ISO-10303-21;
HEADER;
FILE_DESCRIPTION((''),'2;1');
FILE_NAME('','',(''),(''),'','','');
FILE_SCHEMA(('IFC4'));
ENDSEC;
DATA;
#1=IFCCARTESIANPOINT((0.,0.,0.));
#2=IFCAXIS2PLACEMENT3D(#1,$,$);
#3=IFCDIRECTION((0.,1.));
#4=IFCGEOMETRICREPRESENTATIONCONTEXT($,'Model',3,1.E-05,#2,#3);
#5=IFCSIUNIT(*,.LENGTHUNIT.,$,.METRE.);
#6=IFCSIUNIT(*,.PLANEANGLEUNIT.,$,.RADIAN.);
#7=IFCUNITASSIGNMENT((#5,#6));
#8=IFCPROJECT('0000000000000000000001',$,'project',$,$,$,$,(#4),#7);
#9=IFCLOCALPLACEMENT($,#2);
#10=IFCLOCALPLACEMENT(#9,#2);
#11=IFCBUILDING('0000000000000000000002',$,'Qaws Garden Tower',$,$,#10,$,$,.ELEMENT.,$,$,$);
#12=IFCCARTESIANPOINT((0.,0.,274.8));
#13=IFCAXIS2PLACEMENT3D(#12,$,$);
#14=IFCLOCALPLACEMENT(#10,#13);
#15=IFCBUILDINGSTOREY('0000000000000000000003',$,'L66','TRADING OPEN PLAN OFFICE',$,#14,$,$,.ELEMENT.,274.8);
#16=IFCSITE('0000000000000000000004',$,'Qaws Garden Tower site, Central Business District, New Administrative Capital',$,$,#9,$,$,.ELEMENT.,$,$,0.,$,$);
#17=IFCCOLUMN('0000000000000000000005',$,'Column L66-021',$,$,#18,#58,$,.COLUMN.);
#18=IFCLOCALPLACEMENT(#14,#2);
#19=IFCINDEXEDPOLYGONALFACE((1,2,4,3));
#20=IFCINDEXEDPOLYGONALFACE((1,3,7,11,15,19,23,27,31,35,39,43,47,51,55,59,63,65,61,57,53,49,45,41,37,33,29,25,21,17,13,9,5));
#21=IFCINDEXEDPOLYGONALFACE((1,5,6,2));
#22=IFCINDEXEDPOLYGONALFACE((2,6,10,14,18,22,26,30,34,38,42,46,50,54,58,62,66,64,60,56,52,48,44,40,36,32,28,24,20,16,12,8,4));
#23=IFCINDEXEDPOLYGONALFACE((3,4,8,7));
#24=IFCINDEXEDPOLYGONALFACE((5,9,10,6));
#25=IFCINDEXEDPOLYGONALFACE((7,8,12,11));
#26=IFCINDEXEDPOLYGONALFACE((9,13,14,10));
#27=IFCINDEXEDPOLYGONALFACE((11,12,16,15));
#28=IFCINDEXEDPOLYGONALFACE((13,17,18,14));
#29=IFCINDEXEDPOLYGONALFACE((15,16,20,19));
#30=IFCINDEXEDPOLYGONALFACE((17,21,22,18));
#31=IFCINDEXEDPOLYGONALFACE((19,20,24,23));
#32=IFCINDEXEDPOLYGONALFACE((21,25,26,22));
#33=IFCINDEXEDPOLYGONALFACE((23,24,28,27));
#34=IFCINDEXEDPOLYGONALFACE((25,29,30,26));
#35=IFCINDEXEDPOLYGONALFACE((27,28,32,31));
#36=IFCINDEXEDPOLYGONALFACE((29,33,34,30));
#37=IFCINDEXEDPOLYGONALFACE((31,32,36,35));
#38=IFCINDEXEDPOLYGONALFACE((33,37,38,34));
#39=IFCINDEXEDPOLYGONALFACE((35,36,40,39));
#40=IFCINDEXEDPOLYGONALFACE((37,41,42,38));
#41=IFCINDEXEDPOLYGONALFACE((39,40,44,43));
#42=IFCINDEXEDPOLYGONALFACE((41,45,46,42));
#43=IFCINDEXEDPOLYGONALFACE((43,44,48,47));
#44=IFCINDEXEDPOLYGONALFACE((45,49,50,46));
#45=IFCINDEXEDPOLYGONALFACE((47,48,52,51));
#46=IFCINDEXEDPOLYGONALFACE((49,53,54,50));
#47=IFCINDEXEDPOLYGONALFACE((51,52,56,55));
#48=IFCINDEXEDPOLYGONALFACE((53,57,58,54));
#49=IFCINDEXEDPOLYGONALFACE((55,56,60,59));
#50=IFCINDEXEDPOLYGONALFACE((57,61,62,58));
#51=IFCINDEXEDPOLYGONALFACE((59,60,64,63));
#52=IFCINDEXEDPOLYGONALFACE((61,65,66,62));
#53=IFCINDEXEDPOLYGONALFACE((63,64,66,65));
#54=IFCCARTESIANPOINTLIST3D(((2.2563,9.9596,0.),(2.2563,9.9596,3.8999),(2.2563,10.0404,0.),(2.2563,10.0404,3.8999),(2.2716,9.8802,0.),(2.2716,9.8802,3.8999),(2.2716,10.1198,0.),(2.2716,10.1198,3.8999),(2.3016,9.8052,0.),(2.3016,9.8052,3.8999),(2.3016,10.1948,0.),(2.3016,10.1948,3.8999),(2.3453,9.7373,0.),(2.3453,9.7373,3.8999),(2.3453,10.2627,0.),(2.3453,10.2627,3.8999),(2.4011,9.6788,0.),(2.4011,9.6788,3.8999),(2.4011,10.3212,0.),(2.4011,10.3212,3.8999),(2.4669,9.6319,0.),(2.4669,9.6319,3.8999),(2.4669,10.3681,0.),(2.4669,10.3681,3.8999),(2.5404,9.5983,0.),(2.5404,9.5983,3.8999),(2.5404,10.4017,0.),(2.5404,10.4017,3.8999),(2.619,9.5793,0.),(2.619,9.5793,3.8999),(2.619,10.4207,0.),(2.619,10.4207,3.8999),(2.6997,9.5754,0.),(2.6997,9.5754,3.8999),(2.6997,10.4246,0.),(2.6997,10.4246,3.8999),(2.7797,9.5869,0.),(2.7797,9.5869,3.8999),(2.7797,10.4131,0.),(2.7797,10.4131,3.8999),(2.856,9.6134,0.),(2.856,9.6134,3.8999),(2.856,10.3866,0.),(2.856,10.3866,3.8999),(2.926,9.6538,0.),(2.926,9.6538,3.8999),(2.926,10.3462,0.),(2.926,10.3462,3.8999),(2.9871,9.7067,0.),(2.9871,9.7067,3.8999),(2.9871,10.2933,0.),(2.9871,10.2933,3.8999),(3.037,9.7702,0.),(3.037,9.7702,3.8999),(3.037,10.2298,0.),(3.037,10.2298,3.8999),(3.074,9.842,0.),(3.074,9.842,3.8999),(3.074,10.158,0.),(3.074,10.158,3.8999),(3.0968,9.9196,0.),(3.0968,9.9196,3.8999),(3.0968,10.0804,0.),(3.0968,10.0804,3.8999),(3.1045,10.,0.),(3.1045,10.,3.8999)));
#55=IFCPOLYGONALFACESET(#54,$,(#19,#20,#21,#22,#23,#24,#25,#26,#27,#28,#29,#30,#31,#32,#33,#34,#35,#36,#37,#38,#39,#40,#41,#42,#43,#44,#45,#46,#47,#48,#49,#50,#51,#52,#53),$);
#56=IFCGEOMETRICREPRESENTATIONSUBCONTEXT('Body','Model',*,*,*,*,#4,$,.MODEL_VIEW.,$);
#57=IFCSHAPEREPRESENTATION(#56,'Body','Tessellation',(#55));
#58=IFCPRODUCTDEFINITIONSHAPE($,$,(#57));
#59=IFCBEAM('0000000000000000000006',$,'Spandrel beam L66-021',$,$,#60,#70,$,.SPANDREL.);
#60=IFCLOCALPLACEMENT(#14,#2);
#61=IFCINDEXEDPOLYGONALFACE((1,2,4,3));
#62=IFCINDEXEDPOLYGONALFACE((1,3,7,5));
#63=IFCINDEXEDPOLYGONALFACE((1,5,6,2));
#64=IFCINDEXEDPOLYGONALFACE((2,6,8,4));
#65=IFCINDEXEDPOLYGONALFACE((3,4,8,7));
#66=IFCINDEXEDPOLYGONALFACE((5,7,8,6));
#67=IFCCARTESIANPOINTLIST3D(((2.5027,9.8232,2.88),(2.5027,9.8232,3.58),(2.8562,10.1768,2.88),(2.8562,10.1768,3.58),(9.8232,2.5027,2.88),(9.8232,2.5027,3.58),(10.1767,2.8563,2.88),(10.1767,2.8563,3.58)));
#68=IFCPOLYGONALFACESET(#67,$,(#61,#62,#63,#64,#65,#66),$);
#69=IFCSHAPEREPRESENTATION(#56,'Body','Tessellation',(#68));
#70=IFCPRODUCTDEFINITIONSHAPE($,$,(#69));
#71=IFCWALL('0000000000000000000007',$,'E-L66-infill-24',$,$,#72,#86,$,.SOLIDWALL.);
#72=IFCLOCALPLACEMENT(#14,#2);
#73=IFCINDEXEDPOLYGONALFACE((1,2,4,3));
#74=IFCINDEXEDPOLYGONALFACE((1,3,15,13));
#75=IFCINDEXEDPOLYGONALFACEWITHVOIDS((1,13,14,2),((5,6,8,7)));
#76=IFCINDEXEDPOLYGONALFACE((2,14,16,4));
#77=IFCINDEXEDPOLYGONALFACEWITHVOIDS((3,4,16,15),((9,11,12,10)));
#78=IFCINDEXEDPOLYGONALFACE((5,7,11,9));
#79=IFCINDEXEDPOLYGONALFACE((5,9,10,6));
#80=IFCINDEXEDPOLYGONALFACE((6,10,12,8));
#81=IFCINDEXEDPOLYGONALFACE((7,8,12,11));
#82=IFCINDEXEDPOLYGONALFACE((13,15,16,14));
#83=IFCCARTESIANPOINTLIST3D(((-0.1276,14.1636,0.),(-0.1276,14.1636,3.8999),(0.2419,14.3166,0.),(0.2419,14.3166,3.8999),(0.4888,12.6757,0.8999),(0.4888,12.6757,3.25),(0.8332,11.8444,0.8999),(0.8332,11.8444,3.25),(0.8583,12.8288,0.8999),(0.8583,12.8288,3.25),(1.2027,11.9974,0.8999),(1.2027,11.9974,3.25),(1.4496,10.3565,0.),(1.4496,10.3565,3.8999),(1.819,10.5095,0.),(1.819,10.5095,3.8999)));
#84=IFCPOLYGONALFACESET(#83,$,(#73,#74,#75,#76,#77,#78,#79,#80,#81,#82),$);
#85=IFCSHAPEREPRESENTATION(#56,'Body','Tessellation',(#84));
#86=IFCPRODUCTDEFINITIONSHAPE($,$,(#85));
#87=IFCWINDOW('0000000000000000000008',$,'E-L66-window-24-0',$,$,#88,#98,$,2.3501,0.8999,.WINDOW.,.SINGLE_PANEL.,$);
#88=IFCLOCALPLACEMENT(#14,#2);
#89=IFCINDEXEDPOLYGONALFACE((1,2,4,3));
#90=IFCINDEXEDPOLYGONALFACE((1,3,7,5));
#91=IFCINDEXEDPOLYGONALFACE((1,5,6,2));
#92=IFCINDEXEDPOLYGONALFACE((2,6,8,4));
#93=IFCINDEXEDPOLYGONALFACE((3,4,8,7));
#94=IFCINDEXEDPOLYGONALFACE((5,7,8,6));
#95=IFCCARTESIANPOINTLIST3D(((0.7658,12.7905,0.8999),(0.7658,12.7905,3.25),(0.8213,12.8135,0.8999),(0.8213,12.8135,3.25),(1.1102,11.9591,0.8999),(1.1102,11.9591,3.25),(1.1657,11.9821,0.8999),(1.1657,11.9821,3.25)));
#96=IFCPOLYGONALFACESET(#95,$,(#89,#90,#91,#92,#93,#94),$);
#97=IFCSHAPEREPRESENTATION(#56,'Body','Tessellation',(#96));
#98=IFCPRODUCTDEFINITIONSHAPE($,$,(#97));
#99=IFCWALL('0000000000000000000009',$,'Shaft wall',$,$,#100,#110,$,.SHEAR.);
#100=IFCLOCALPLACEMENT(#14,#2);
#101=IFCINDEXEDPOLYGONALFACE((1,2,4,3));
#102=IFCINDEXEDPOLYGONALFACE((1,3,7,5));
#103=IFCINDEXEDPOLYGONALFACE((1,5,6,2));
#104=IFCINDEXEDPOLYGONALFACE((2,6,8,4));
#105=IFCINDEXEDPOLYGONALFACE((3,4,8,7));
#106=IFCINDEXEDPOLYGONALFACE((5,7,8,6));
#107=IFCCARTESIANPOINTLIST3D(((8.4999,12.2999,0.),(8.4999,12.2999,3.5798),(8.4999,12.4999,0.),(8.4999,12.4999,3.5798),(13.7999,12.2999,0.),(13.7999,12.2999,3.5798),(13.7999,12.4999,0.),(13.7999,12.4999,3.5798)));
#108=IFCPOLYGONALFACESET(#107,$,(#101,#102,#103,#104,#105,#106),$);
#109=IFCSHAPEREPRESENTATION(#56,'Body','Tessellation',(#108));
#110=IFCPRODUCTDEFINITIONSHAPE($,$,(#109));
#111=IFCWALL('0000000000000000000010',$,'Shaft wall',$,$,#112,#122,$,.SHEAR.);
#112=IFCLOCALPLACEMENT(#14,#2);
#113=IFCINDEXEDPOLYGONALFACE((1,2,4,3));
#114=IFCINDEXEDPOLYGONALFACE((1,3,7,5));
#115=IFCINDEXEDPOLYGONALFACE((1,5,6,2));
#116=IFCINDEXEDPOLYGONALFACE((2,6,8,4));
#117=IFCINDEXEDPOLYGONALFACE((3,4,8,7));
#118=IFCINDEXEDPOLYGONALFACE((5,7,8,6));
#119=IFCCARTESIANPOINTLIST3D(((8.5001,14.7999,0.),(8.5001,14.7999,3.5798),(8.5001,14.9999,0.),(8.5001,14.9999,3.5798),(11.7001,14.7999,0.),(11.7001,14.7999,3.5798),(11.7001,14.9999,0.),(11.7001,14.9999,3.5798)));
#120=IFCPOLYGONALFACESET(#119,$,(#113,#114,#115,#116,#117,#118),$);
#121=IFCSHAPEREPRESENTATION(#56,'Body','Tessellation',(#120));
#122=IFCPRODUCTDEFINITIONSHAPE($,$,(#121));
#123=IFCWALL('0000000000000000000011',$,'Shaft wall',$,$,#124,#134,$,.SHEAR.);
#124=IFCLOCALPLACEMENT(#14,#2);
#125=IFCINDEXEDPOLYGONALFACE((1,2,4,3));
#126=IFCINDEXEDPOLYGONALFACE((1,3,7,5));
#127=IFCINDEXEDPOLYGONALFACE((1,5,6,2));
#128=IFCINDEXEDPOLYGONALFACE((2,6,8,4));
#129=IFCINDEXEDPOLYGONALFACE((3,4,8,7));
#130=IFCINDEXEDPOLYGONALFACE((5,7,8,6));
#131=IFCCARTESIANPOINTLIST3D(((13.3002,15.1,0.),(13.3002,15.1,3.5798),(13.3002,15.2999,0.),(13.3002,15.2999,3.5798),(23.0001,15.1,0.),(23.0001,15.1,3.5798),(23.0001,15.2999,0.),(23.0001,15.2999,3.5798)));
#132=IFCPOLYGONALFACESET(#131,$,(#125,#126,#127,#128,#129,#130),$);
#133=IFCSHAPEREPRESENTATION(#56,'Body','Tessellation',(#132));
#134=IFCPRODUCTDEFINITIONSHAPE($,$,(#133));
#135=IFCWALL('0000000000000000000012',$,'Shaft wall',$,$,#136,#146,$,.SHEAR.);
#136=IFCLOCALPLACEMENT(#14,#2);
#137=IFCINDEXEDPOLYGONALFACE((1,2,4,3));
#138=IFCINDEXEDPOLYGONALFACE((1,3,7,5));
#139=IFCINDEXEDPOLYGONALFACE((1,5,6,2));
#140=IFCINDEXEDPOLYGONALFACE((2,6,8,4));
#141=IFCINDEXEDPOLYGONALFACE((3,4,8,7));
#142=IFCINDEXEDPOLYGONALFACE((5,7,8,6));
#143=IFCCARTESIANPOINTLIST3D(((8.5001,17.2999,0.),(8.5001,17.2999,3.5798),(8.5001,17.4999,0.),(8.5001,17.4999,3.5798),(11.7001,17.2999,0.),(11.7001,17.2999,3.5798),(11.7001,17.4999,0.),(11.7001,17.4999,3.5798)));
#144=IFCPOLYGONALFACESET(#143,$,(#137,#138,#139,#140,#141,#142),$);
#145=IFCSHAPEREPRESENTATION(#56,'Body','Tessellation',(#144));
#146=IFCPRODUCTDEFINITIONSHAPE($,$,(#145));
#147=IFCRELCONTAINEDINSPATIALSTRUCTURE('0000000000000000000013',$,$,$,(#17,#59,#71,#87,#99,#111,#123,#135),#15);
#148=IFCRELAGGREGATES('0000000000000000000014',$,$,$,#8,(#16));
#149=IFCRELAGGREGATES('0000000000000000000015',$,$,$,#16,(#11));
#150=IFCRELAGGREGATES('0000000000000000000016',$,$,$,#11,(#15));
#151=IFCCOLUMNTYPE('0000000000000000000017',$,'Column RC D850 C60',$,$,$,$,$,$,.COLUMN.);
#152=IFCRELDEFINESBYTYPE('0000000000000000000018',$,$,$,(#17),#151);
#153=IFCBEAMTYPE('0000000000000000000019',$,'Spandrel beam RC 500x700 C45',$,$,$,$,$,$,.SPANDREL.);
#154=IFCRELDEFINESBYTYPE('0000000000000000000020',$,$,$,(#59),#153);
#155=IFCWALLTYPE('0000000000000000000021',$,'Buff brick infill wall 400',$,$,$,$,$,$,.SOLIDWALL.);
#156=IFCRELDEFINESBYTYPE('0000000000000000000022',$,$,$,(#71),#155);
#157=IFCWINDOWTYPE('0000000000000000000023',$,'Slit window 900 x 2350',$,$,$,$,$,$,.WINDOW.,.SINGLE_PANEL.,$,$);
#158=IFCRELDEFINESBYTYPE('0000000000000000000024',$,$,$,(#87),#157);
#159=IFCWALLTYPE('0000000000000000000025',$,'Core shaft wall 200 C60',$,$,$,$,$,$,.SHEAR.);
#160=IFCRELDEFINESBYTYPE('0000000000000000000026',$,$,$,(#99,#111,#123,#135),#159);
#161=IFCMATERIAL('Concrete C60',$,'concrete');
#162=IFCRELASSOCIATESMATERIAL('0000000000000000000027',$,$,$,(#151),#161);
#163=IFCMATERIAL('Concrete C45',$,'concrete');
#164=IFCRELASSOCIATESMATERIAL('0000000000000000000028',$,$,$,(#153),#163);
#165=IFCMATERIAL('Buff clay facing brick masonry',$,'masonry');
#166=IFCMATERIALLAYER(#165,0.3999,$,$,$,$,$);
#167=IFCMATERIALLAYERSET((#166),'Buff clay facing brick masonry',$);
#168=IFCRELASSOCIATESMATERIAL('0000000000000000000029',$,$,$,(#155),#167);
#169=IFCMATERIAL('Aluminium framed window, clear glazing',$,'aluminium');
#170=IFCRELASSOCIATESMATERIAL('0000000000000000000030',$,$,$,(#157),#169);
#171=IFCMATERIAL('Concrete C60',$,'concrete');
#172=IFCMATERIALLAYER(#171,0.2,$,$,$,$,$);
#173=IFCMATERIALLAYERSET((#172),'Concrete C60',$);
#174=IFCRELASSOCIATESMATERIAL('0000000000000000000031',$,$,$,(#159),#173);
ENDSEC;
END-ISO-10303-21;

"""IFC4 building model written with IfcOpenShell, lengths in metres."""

from ifc_helpers import new_model, si_unit, direction, frame, frame_2d, origin, origin_2d, place, context, subcontext, project, spatial, rectangle, circle, extrude, material, layer, layer_set, material_profile, profile_set, type_object, element, fill, save


model = new_model("IFC4")

# Units and contexts
model_context = context("Model", 3, precision=1e-05, world=origin(), true_north=direction((0.0, 1.0)))
body_context = subcontext(model_context, "Body", "Model", "MODEL_VIEW")
ifc_project = project(units=[si_unit("LENGTHUNIT", "METRE"), si_unit("PLANEANGLEUNIT", "RADIAN")], contexts=[model_context])

# Site, building, storey
site_placement = place(None, origin())
site = spatial("IfcSite", under=ifc_project, at=site_placement, Name="Qaws Garden Tower site, Central Business District, New Administrative Capital", CompositionType="ELEMENT", RefElevation=0.0)
building_placement = place(site_placement, origin())
building = spatial("IfcBuilding", under=site, at=building_placement, Name="Qaws Garden Tower", CompositionType="ELEMENT")
storey_placement = place(building_placement, frame((0.0, 0.0, 274.8)))
storey = spatial("IfcBuildingStorey", under=building, at=storey_placement, Name="L66", Description="TRADING OPEN PLAN OFFICE", CompositionType="ELEMENT", Elevation=274.8)

# Column
ifc_material_1 = material(Name="Concrete C60", Category="concrete")
ifc_material_profile_1 = material_profile(ifc_material_1, circle(Radius=0.425, at=origin_2d()), Name="RC D850")
ifc_profile_set_1 = profile_set([ifc_material_profile_1], Name="Concrete C60")
column_type = type_object("IfcColumnType", Name="Column RC D850 C60", PredefinedType="COLUMN", material=ifc_profile_set_1)
column_placement = place(storey_placement, frame((2.6794, 10.0, 0.0), z_axis=(0.0, 0.0, 1.0), x_axis=(1.0, 0.0, 0.0)))
element("IfcColumn", 1, at=column_placement, inside=storey, type_object=column_type, Name="Column L66-021", PredefinedType="COLUMN", context=body_context, shape_type="SweptSolid", body=[
    extrude(circle(Radius=0.425, at=origin_2d()), origin(), (0.0, 0.0, 1.0), 3.8999),
])

# Beam
ifc_material_2 = material(Name="Concrete C45", Category="concrete")
ifc_material_profile_2 = material_profile(ifc_material_2, rectangle(XDim=0.5, YDim=0.7, at=origin_2d()), Name="RC 500x700")
ifc_profile_set_2 = profile_set([ifc_material_profile_2], Name="Concrete C45")
beam_type = type_object("IfcBeamType", Name="Spandrel beam RC 500x700 C45", PredefinedType="SPANDREL", material=ifc_profile_set_2)
beam_placement = place(storey_placement, frame((2.6794, 10.0, 3.23), z_axis=(0.707107, -0.707107, 0.0), x_axis=(0.707107, 0.707107, 0.0)))
element("IfcBeam", 2, at=beam_placement, inside=storey, type_object=beam_type, Name="Spandrel beam L66-021", PredefinedType="SPANDREL", context=body_context, shape_type="SweptSolid", body=[
    extrude(rectangle(XDim=0.5, YDim=0.7, at=origin_2d()), origin(), (0.0, 0.0, 1.0), 10.3528),
])

# Wall, opening, window
ifc_material_3 = material(Name="Buff clay facing brick masonry", Category="masonry")
ifc_layer_1 = layer(ifc_material_3, 0.3999)
ifc_layer_set_1 = layer_set([ifc_layer_1], Name="Buff clay facing brick masonry")
wall_type_1 = type_object("IfcWallType", Name="Buff brick infill wall 400", PredefinedType="SOLIDWALL", material=ifc_layer_set_1)
wall_1_placement = place(storey_placement, frame((0.0571, 14.2402, 0.0), z_axis=(0.0, 0.0, 1.0), x_axis=(0.382722, -0.923864, 0.0)))
wall_1 = element("IfcWall", 3, at=wall_1_placement, inside=storey, type_object=wall_type_1, Name="E-L66-infill-24", PredefinedType="SOLIDWALL", context=body_context, shape_type="SweptSolid", body=[
    extrude(rectangle(XDim=4.1208, YDim=0.3999, at=frame_2d((2.0605, 0.0))), origin(), (0.0, 0.0, 1.0), 3.8999),
])
opening_1_placement = place(wall_1_placement, frame((1.6106, 0.0, 0.8999)))
opening_1 = element("IfcOpeningElement", 4, at=opening_1_placement, cuts=wall_1, PredefinedType="OPENING", context=body_context, shape_type="SweptSolid", body=[
    extrude(rectangle(XDim=0.8999, YDim=2.3501, at=frame_2d((0.45, 1.175))), frame((0.0, 0.21, 0.0), z_axis=(0.0, -1.0, 0.0), x_axis=(1.0, 0.0, 0.0)), (0.0, 0.0, 1.0), 0.4199),
])
ifc_material_4 = material(Name="Aluminium framed window, clear glazing", Category="aluminium")
window_type = type_object("IfcWindowType", Name="Slit window 900 x 2350", PartitioningType="SINGLE_PANEL", PredefinedType="WINDOW", material=ifc_material_4)
window_placement = place(opening_1_placement, origin())
window = element("IfcWindow", 5, at=window_placement, inside=storey, type_object=window_type, Name="E-L66-window-24-0", OverallHeight=2.3501, OverallWidth=0.8999, PartitioningType="SINGLE_PANEL", PredefinedType="WINDOW", context=body_context, shape_type="SweptSolid", body=[
    extrude(rectangle(XDim=0.8999, YDim=2.3501, at=frame_2d((0.45, 1.175))), frame((0.0, 0.1599, 0.0), z_axis=(0.0, -1.0, 0.0), x_axis=(1.0, 0.0, 0.0)), (0.0, 0.0, 1.0), 0.0601),
])
fill(opening_1, window)

# Walls
ifc_material_5 = material(Name="Concrete C60", Category="concrete")
ifc_layer_2 = layer(ifc_material_5, 0.2)
ifc_layer_set_2 = layer_set([ifc_layer_2], Name="Concrete C60")
wall_type_2 = type_object("IfcWallType", Name="Core shaft wall 200 C60", PredefinedType="SHEAR", material=ifc_layer_set_2)
wall_2_placement = place(storey_placement, frame((8.5, 12.3999, 0.0), z_axis=(0.0, 0.0, 1.0), x_axis=(1.0, 0.0, 0.0)))
element("IfcWall", 6, at=wall_2_placement, inside=storey, type_object=wall_type_2, Name="Shaft wall", PredefinedType="SHEAR", context=body_context, shape_type="SweptSolid", body=[
    extrude(rectangle(XDim=5.3, YDim=0.2, at=frame_2d((2.6499, 0.0))), origin(), (0.0, 0.0, 1.0), 3.5798),
])
wall_3_placement = place(storey_placement, frame((8.5, 14.8999, 0.0), z_axis=(0.0, 0.0, 1.0), x_axis=(1.0, 0.0, 0.0)))
element("IfcWall", 7, at=wall_3_placement, inside=storey, type_object=wall_type_2, Name="Shaft wall", PredefinedType="SHEAR", context=body_context, shape_type="SweptSolid", body=[
    extrude(rectangle(XDim=3.2, YDim=0.2, at=frame_2d((1.6001, 0.0))), origin(), (0.0, 0.0, 1.0), 3.5798),
])
wall_4_placement = place(storey_placement, frame((13.3, 15.2, 0.0), z_axis=(0.0, 0.0, 1.0), x_axis=(1.0, 0.0, 0.0)))
element("IfcWall", 8, at=wall_4_placement, inside=storey, type_object=wall_type_2, Name="Shaft wall", PredefinedType="SHEAR", context=body_context, shape_type="SweptSolid", body=[
    extrude(rectangle(XDim=9.7, YDim=0.2, at=frame_2d((4.8501, 0.0))), origin(), (0.0, 0.0, 1.0), 3.5798),
])
wall_5_placement = place(storey_placement, frame((8.5, 17.3999, 0.0), z_axis=(0.0, 0.0, 1.0), x_axis=(1.0, 0.0, 0.0)))
element("IfcWall", 9, at=wall_5_placement, inside=storey, type_object=wall_type_2, Name="Shaft wall", PredefinedType="SHEAR", context=body_context, shape_type="SweptSolid", body=[
    extrude(rectangle(XDim=3.2, YDim=0.2, at=frame_2d((1.6001, 0.0))), origin(), (0.0, 0.0, 1.0), 3.5798),
])

save(model, "model.ifc")
